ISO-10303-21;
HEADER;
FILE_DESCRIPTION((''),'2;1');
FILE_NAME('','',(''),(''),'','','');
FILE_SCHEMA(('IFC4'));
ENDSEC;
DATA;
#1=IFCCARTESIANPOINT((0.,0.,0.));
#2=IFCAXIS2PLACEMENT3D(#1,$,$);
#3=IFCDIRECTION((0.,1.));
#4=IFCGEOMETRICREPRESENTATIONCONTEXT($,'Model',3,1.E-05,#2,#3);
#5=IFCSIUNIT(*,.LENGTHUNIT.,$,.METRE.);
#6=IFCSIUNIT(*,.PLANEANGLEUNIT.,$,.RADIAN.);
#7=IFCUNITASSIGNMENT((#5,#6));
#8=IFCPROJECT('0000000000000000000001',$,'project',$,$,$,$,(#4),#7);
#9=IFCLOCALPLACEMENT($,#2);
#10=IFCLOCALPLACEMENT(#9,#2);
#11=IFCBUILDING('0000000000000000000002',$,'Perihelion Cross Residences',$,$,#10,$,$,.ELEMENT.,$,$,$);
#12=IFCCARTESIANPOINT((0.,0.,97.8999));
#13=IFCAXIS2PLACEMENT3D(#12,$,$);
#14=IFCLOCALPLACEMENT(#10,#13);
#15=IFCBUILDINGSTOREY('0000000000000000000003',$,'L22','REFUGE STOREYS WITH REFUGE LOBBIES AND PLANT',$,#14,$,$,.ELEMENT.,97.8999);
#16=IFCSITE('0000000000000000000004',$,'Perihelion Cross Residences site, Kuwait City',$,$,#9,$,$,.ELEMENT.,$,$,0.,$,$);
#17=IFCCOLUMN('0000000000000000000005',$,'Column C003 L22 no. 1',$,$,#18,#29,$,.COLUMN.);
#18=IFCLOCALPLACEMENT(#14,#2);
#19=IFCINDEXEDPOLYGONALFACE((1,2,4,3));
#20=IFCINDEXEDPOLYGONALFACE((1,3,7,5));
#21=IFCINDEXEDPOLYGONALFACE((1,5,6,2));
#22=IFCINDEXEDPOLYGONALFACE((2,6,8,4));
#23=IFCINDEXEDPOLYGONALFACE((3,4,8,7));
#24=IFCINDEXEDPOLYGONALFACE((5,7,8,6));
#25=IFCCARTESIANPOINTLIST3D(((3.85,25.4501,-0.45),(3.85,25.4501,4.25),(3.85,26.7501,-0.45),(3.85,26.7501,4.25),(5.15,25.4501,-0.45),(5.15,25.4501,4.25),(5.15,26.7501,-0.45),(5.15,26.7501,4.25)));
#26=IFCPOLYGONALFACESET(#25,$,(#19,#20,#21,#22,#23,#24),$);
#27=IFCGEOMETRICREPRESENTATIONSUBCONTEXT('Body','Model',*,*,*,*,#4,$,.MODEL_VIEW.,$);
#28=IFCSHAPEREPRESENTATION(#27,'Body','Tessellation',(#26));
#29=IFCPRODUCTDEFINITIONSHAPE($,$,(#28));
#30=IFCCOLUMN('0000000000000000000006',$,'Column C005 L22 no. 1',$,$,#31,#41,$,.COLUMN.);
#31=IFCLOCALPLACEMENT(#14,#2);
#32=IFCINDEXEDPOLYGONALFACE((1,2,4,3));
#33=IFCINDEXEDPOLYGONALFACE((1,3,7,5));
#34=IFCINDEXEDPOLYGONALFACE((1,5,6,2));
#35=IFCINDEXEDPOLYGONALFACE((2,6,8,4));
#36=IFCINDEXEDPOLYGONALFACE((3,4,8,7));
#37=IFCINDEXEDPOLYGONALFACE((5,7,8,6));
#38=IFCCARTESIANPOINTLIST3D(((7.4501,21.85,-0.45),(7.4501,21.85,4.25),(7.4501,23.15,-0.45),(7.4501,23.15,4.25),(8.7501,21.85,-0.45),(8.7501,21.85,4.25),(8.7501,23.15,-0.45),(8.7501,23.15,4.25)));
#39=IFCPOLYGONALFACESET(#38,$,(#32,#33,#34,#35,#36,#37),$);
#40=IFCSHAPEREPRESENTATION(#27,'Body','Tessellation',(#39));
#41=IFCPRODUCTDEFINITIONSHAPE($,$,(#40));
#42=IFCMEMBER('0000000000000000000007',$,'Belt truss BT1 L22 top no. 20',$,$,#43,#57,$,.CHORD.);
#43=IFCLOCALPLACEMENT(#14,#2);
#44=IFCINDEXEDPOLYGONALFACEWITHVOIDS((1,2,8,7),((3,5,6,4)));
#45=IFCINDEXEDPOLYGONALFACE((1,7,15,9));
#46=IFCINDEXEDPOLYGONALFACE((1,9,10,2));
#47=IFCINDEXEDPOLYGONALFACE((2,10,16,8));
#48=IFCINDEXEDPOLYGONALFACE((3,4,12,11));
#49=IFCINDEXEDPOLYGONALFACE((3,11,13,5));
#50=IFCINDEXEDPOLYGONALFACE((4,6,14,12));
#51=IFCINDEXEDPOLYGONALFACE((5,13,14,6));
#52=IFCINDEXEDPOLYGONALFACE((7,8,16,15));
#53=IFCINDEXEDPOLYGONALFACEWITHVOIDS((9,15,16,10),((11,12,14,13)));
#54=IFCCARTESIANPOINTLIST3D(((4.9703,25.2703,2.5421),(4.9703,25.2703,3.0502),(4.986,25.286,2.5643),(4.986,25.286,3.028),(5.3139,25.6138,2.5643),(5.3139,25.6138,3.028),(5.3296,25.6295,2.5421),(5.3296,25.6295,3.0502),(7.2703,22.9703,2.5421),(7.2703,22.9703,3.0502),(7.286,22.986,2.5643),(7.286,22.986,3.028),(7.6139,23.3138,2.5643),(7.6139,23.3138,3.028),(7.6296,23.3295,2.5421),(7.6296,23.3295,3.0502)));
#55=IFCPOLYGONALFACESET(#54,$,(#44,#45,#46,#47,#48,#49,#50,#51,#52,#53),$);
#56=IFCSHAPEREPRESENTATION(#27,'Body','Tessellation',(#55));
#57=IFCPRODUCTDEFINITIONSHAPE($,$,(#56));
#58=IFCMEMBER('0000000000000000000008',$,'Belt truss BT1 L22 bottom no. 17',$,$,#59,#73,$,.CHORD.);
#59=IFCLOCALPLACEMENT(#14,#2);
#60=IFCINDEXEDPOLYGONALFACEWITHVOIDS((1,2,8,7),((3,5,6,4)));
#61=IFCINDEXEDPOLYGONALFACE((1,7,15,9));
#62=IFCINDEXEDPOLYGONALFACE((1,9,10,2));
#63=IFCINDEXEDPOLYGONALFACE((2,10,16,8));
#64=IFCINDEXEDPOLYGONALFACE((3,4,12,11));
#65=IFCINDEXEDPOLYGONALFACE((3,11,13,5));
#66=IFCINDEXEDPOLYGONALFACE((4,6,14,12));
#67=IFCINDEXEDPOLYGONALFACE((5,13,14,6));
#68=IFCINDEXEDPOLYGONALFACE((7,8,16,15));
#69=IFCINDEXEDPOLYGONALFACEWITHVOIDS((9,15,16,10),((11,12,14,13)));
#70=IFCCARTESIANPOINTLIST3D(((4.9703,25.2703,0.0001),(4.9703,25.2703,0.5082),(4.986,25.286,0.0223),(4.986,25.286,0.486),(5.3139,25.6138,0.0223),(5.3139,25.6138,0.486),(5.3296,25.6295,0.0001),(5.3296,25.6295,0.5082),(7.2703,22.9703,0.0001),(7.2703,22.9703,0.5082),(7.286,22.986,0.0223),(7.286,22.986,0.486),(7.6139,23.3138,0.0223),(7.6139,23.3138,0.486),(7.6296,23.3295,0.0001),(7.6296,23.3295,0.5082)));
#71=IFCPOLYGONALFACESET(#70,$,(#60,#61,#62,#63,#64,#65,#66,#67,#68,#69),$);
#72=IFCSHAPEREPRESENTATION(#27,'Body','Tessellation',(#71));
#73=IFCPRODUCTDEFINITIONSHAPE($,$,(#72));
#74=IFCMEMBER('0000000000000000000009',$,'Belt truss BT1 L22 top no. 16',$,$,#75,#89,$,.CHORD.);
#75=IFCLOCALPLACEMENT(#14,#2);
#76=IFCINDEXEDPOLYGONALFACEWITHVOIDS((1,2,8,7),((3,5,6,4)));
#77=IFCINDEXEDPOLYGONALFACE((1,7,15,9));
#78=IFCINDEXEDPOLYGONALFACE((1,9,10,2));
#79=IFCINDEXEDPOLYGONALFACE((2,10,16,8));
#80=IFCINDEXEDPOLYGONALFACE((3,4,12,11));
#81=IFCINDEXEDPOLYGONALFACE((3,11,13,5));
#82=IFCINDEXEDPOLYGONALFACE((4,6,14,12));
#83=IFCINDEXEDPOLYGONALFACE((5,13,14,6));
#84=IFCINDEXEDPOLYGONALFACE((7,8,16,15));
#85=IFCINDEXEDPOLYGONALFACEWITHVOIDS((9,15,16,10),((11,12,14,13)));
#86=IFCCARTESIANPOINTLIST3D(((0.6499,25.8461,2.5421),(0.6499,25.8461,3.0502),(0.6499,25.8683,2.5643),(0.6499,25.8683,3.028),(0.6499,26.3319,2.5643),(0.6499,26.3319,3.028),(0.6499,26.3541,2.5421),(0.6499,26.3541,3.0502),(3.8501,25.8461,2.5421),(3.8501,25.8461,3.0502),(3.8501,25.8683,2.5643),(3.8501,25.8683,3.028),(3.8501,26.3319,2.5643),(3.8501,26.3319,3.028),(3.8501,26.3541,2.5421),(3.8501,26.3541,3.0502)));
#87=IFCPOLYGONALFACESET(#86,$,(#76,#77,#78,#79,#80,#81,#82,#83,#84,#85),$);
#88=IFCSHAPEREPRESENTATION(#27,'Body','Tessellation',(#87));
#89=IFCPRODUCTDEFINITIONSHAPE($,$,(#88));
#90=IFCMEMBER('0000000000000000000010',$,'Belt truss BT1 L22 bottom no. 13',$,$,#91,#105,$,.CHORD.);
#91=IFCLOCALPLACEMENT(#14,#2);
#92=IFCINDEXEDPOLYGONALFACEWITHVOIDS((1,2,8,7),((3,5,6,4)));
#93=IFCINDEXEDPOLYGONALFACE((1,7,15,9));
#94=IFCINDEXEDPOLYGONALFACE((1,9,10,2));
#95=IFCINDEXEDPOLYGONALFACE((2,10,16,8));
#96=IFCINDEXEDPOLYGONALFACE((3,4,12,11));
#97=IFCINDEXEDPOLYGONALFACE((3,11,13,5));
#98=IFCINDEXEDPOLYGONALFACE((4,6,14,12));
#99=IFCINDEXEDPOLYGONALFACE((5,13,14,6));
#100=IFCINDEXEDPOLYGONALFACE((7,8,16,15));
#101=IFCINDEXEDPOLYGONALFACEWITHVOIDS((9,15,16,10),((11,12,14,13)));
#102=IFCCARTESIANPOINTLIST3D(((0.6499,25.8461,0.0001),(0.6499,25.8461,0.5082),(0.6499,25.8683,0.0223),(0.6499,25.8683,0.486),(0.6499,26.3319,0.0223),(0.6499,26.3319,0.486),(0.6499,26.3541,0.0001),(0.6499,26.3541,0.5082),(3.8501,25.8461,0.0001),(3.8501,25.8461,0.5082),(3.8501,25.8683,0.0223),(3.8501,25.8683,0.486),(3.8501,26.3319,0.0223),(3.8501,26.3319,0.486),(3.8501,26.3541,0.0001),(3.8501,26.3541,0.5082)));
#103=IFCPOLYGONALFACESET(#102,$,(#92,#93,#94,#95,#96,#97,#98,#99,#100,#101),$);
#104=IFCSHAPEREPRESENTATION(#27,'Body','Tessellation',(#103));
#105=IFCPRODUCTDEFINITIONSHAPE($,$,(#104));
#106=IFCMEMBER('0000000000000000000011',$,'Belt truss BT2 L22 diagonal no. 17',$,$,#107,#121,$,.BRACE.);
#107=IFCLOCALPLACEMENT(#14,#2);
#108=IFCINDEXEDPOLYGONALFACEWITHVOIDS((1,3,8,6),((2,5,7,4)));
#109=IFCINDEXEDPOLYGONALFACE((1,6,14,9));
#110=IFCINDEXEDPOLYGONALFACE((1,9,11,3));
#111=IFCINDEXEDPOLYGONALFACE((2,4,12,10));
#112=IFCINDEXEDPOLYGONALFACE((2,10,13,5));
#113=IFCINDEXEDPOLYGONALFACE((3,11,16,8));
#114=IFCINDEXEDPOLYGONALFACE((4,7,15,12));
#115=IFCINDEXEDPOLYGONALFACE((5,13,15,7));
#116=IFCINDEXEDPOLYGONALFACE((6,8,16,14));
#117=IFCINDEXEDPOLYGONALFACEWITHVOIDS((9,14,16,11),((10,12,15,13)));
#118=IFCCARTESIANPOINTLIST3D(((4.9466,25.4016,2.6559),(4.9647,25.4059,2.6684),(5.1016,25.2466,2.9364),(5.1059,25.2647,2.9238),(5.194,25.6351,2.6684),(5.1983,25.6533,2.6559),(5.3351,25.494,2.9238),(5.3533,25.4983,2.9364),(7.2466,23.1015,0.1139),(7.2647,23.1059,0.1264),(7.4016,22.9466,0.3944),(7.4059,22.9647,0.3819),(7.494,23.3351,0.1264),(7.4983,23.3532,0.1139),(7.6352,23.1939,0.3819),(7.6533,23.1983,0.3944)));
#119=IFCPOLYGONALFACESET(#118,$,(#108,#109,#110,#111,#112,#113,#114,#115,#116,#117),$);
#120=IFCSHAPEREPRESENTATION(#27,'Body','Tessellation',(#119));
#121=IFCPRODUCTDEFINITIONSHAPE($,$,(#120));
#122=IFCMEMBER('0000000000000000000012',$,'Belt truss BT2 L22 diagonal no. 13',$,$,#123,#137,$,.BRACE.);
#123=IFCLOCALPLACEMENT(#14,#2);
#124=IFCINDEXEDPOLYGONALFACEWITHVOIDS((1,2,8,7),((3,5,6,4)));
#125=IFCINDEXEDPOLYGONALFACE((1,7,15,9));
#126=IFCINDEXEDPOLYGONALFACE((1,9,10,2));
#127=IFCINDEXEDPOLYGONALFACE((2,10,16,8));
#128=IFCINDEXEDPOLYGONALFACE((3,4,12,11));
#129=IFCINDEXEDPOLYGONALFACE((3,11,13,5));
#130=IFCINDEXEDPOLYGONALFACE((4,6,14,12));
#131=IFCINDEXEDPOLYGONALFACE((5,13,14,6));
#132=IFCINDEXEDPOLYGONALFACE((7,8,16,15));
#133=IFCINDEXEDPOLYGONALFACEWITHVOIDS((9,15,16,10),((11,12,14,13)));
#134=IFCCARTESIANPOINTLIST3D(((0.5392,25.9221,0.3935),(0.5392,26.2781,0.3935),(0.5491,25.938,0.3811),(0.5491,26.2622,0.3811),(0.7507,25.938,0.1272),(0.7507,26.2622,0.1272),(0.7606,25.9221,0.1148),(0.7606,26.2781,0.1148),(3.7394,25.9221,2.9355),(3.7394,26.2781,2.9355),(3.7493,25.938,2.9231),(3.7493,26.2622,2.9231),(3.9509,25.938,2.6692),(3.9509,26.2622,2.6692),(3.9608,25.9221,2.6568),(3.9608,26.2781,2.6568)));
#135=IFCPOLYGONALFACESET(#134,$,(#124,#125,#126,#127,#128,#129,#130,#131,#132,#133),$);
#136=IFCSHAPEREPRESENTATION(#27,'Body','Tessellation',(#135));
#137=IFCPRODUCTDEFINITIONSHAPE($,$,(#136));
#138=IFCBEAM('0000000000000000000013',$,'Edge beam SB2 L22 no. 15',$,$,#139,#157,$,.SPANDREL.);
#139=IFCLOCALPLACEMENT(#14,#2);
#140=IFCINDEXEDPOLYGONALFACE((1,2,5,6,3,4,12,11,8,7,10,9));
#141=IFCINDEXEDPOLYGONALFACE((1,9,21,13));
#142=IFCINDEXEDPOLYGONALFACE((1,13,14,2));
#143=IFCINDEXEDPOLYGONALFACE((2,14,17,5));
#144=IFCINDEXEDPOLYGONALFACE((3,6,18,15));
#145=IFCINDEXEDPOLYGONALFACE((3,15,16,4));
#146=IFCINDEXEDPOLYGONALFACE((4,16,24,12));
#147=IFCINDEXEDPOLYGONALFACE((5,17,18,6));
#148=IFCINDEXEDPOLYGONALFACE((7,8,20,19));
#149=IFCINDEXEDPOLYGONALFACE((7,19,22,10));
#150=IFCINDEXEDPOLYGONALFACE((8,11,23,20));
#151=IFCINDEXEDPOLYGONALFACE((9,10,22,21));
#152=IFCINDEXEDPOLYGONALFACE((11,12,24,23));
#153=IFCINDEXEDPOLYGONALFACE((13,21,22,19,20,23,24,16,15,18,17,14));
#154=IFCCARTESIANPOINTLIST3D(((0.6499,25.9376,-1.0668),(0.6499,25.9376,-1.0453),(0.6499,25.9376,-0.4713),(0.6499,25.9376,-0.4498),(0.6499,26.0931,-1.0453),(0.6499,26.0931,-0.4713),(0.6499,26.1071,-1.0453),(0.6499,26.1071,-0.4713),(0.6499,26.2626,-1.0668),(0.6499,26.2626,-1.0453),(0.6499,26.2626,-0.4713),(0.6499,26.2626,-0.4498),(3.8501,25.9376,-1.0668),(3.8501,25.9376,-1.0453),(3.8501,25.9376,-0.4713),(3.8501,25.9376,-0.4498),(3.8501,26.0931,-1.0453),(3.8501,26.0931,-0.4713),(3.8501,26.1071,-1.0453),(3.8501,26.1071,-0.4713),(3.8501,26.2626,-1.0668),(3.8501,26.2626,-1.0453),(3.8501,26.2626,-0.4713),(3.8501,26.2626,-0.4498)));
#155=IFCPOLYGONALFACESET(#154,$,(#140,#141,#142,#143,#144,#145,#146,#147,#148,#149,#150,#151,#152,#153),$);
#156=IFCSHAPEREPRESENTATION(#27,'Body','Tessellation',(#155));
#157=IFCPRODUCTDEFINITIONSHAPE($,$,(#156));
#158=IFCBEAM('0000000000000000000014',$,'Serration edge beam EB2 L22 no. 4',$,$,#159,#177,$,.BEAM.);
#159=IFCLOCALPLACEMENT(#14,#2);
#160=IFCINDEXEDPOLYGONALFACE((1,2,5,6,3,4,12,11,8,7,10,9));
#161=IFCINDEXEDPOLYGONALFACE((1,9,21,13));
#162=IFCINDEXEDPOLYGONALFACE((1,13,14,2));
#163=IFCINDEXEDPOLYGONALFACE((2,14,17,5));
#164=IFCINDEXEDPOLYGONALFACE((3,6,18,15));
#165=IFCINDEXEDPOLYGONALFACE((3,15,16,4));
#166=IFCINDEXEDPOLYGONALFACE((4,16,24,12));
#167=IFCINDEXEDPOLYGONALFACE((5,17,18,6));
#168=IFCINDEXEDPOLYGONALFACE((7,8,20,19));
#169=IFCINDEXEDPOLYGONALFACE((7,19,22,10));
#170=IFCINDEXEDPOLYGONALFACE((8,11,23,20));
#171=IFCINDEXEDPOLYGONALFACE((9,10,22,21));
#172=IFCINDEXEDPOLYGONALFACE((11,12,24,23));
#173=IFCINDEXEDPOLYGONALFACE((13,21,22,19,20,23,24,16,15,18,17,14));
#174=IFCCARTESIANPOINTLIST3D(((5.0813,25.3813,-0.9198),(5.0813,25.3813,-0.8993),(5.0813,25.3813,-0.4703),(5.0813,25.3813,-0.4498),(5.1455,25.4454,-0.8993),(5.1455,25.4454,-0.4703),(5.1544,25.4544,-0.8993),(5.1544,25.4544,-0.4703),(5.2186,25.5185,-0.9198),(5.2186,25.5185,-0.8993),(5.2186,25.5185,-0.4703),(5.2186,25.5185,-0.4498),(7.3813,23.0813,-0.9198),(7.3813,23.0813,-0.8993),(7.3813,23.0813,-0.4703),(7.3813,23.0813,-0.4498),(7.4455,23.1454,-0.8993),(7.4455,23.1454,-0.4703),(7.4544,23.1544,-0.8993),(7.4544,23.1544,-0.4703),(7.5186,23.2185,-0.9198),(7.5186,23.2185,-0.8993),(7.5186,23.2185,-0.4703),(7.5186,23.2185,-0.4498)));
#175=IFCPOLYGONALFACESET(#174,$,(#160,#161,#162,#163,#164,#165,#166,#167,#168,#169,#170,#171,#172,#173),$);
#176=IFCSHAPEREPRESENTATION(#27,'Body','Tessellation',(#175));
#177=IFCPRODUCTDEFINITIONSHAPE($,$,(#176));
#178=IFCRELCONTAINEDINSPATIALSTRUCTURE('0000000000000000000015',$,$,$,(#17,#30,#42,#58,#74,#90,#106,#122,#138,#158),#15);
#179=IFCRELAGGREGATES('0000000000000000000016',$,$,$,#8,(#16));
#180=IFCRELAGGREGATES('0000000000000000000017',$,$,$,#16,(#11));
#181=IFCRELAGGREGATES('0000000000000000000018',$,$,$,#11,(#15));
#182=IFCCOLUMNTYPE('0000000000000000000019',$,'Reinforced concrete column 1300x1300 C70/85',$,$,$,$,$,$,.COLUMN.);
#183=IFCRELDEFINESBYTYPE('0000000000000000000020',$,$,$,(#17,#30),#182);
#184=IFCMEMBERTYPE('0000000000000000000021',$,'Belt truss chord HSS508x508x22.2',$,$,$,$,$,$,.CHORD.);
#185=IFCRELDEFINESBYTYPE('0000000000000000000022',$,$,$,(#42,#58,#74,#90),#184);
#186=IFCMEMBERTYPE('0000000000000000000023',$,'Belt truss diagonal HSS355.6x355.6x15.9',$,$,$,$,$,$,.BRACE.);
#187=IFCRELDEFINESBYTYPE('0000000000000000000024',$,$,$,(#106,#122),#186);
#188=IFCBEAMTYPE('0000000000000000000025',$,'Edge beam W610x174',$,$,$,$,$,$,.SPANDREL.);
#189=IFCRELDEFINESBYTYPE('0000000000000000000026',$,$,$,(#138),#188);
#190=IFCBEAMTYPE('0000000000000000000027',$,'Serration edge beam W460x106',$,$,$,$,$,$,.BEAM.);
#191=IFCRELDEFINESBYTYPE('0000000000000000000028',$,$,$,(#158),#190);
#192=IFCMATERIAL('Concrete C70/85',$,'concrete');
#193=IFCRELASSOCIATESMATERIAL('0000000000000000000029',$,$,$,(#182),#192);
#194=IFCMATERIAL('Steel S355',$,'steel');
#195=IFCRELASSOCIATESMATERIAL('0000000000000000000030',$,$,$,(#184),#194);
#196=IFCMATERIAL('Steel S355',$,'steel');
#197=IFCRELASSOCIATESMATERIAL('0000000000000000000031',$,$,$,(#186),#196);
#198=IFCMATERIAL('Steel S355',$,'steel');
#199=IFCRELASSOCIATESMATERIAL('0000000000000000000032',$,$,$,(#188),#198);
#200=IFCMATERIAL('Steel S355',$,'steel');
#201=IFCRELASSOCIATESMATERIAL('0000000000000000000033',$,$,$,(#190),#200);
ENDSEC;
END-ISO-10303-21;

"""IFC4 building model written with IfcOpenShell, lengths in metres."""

from ifc_helpers import new_model, si_unit, direction, frame, origin, origin_2d, place, context, subcontext, project, spatial, rectangle, hollow_rectangle, i_section, extrude, material, material_profile, profile_set, type_object, element, save


model = new_model("IFC4")

# Units and contexts
model_context = context("Model", 3, precision=1e-05, world=origin(), true_north=direction((0.0, 1.0)))
body_context = subcontext(model_context, "Body", "Model", "MODEL_VIEW")
ifc_project = project(units=[si_unit("LENGTHUNIT", "METRE"), si_unit("PLANEANGLEUNIT", "RADIAN")], contexts=[model_context])

# Site, building, storey
site_placement = place(None, origin())
site = spatial("IfcSite", under=ifc_project, at=site_placement, Name="Perihelion Cross Residences site, Kuwait City", CompositionType="ELEMENT", RefElevation=0.0)
building_placement = place(site_placement, origin())
building = spatial("IfcBuilding", under=site, at=building_placement, Name="Perihelion Cross Residences", CompositionType="ELEMENT")
storey_placement = place(building_placement, frame((0.0, 0.0, 97.8999)))
storey = spatial("IfcBuildingStorey", under=building, at=storey_placement, Name="L22", Description="REFUGE STOREYS WITH REFUGE LOBBIES AND PLANT", CompositionType="ELEMENT", Elevation=97.8999)

# Columns
ifc_material_1 = material(Name="Concrete C70/85", Category="concrete")
ifc_material_profile_1 = material_profile(ifc_material_1, rectangle(XDim=1.3, YDim=1.3, at=origin_2d()), Name="RC 1300x1300")
ifc_profile_set_1 = profile_set([ifc_material_profile_1], Name="Concrete C70/85")
column_type = type_object("IfcColumnType", Name="Reinforced concrete column 1300x1300 C70/85", PredefinedType="COLUMN", material=ifc_profile_set_1)
for number, where, z_axis, x_axis, name in (
    (1, (4.5, 26.1001, -0.45), (0.0, 0.0, 1.0), (1.0, 0.0, 0.0), "Column C003 L22 no. 1"),
    (2, (8.1001, 22.5, -0.45), (0.0, 0.0, 1.0), (1.0, 0.0, 0.0), "Column C005 L22 no. 1"),
):
    element("IfcColumn", number, at=place(storey_placement, frame(where, z_axis=z_axis, x_axis=x_axis)), inside=storey, type_object=column_type, Name=name, PredefinedType="COLUMN", context=body_context, shape_type="SweptSolid", body=[
        extrude(rectangle(XDim=1.3, YDim=1.3, at=origin_2d()), origin(), (0.0, 0.0, 1.0), 4.7),
    ])

# Members
ifc_material_2 = material(Name="Steel S355", Category="steel")
ifc_material_profile_2 = material_profile(ifc_material_2, hollow_rectangle(XDim=0.5081, YDim=0.5081, WallThickness=0.0222, at=origin_2d()), Name="HSS508x508x22.2")
ifc_profile_set_2 = profile_set([ifc_material_profile_2], Name="Steel S355")
member_type_1 = type_object("IfcMemberType", Name="Belt truss chord HSS508x508x22.2", PredefinedType="CHORD", material=ifc_profile_set_2)
for number, where, z_axis, x_axis, name in (
    (3, (7.45, 23.1499, 2.7961), (-0.707107, 0.707107, 0.0), (-0.707107, -0.707107, 0.0), "Belt truss BT1 L22 top no. 20"),
    (4, (7.45, 23.1499, 0.2542), (-0.707107, 0.707107, 0.0), (-0.707107, -0.707107, 0.0), "Belt truss BT1 L22 bottom no. 17"),
):
    element("IfcMember", number, at=place(storey_placement, frame(where, z_axis=z_axis, x_axis=x_axis)), inside=storey, type_object=member_type_1, Name=name, PredefinedType="CHORD", context=body_context, shape_type="SweptSolid", body=[
        extrude(hollow_rectangle(XDim=0.5081, YDim=0.5081, WallThickness=0.0222, at=origin_2d()), origin(), (0.0, 0.0, 1.0), 3.2527),
    ])
for number, where, z_axis, x_axis, name in (
    (5, (3.8501, 26.1001, 2.7961), (-1.0, 0.0, 0.0), (0.0, -1.0, 0.0), "Belt truss BT1 L22 top no. 16"),
    (6, (3.8501, 26.1001, 0.2542), (-1.0, 0.0, 0.0), (0.0, -1.0, 0.0), "Belt truss BT1 L22 bottom no. 13"),
):
    element("IfcMember", number, at=place(storey_placement, frame(where, z_axis=z_axis, x_axis=x_axis)), inside=storey, type_object=member_type_1, Name=name, PredefinedType="CHORD", context=body_context, shape_type="SweptSolid", body=[
        extrude(hollow_rectangle(XDim=0.5081, YDim=0.5081, WallThickness=0.0222, at=origin_2d()), origin(), (0.0, 0.0, 1.0), 3.2002),
    ])
ifc_material_3 = material(Name="Steel S355", Category="steel")
ifc_material_profile_3 = material_profile(ifc_material_3, hollow_rectangle(XDim=0.356, YDim=0.356, WallThickness=0.0159, at=origin_2d()), Name="HSS355.6x355.6x15.9")
ifc_profile_set_3 = profile_set([ifc_material_profile_3], Name="Steel S355")
member_type_2 = type_object("IfcMemberType", Name="Belt truss diagonal HSS355.6x355.6x15.9", PredefinedType="BRACE", material=ifc_profile_set_3)
member_1_placement = place(storey_placement, frame((7.45, 23.1499, 0.2542), z_axis=(-0.557153, 0.557153, 0.61576), x_axis=(-0.707107, -0.707107, 0.0)))
element("IfcMember", 7, at=member_1_placement, inside=storey, type_object=member_type_2, Name="Belt truss BT2 L22 diagonal no. 17", PredefinedType="BRACE", context=body_context, shape_type="SweptSolid", body=[
    extrude(hollow_rectangle(XDim=0.356, YDim=0.356, WallThickness=0.0159, at=origin_2d()), origin(), (0.0, 0.0, 1.0), 4.1282),
])
member_2_placement = place(storey_placement, frame((0.6499, 26.1001, 0.2542), z_axis=(0.783032, 0.0, 0.621981), x_axis=(0.0, 1.0, 0.0)))
element("IfcMember", 8, at=member_2_placement, inside=storey, type_object=member_type_2, Name="Belt truss BT2 L22 diagonal no. 13", PredefinedType="BRACE", context=body_context, shape_type="SweptSolid", body=[
    extrude(hollow_rectangle(XDim=0.356, YDim=0.356, WallThickness=0.0159, at=origin_2d()), origin(), (0.0, 0.0, 1.0), 4.0869),
])

# Beams
ifc_material_4 = material(Name="Steel S355", Category="steel")
ifc_material_profile_4 = material_profile(ifc_material_4, i_section(OverallWidth=0.325, OverallDepth=0.6169, WebThickness=0.0139, FlangeThickness=0.0215, at=origin_2d()), Name="W610x174")
ifc_profile_set_4 = profile_set([ifc_material_profile_4], Name="Steel S355")
beam_type_1 = type_object("IfcBeamType", Name="Edge beam W610x174", PredefinedType="SPANDREL", material=ifc_profile_set_4)
beam_1_placement = place(storey_placement, frame((3.8501, 26.1001, -0.7583), z_axis=(-1.0, 0.0, 0.0), x_axis=(0.0, -1.0, 0.0)))
element("IfcBeam", 9, at=beam_1_placement, inside=storey, type_object=beam_type_1, Name="Edge beam SB2 L22 no. 15", PredefinedType="SPANDREL", context=body_context, shape_type="SweptSolid", body=[
    extrude(i_section(OverallWidth=0.325, OverallDepth=0.6169, WebThickness=0.0139, FlangeThickness=0.0215, at=origin_2d()), origin(), (0.0, 0.0, 1.0), 3.2002),
])
ifc_material_5 = material(Name="Steel S355", Category="steel")
ifc_material_profile_5 = material_profile(ifc_material_5, i_section(OverallWidth=0.1941, OverallDepth=0.47, WebThickness=0.0127, FlangeThickness=0.0205, at=origin_2d()), Name="W460x106")
ifc_profile_set_5 = profile_set([ifc_material_profile_5], Name="Steel S355")
beam_type_2 = type_object("IfcBeamType", Name="Serration edge beam W460x106", PredefinedType="BEAM", material=ifc_profile_set_5)
beam_2_placement = place(storey_placement, frame((7.45, 23.1499, -0.6848), z_axis=(-0.707107, 0.707107, 0.0), x_axis=(-0.707107, -0.707107, 0.0)))
element("IfcBeam", 10, at=beam_2_placement, inside=storey, type_object=beam_type_2, Name="Serration edge beam EB2 L22 no. 4", PredefinedType="BEAM", context=body_context, shape_type="SweptSolid", body=[
    extrude(i_section(OverallWidth=0.1941, OverallDepth=0.47, WebThickness=0.0127, FlangeThickness=0.0205, at=origin_2d()), origin(), (0.0, 0.0, 1.0), 3.2527),
])

save(model, "model.ifc")
